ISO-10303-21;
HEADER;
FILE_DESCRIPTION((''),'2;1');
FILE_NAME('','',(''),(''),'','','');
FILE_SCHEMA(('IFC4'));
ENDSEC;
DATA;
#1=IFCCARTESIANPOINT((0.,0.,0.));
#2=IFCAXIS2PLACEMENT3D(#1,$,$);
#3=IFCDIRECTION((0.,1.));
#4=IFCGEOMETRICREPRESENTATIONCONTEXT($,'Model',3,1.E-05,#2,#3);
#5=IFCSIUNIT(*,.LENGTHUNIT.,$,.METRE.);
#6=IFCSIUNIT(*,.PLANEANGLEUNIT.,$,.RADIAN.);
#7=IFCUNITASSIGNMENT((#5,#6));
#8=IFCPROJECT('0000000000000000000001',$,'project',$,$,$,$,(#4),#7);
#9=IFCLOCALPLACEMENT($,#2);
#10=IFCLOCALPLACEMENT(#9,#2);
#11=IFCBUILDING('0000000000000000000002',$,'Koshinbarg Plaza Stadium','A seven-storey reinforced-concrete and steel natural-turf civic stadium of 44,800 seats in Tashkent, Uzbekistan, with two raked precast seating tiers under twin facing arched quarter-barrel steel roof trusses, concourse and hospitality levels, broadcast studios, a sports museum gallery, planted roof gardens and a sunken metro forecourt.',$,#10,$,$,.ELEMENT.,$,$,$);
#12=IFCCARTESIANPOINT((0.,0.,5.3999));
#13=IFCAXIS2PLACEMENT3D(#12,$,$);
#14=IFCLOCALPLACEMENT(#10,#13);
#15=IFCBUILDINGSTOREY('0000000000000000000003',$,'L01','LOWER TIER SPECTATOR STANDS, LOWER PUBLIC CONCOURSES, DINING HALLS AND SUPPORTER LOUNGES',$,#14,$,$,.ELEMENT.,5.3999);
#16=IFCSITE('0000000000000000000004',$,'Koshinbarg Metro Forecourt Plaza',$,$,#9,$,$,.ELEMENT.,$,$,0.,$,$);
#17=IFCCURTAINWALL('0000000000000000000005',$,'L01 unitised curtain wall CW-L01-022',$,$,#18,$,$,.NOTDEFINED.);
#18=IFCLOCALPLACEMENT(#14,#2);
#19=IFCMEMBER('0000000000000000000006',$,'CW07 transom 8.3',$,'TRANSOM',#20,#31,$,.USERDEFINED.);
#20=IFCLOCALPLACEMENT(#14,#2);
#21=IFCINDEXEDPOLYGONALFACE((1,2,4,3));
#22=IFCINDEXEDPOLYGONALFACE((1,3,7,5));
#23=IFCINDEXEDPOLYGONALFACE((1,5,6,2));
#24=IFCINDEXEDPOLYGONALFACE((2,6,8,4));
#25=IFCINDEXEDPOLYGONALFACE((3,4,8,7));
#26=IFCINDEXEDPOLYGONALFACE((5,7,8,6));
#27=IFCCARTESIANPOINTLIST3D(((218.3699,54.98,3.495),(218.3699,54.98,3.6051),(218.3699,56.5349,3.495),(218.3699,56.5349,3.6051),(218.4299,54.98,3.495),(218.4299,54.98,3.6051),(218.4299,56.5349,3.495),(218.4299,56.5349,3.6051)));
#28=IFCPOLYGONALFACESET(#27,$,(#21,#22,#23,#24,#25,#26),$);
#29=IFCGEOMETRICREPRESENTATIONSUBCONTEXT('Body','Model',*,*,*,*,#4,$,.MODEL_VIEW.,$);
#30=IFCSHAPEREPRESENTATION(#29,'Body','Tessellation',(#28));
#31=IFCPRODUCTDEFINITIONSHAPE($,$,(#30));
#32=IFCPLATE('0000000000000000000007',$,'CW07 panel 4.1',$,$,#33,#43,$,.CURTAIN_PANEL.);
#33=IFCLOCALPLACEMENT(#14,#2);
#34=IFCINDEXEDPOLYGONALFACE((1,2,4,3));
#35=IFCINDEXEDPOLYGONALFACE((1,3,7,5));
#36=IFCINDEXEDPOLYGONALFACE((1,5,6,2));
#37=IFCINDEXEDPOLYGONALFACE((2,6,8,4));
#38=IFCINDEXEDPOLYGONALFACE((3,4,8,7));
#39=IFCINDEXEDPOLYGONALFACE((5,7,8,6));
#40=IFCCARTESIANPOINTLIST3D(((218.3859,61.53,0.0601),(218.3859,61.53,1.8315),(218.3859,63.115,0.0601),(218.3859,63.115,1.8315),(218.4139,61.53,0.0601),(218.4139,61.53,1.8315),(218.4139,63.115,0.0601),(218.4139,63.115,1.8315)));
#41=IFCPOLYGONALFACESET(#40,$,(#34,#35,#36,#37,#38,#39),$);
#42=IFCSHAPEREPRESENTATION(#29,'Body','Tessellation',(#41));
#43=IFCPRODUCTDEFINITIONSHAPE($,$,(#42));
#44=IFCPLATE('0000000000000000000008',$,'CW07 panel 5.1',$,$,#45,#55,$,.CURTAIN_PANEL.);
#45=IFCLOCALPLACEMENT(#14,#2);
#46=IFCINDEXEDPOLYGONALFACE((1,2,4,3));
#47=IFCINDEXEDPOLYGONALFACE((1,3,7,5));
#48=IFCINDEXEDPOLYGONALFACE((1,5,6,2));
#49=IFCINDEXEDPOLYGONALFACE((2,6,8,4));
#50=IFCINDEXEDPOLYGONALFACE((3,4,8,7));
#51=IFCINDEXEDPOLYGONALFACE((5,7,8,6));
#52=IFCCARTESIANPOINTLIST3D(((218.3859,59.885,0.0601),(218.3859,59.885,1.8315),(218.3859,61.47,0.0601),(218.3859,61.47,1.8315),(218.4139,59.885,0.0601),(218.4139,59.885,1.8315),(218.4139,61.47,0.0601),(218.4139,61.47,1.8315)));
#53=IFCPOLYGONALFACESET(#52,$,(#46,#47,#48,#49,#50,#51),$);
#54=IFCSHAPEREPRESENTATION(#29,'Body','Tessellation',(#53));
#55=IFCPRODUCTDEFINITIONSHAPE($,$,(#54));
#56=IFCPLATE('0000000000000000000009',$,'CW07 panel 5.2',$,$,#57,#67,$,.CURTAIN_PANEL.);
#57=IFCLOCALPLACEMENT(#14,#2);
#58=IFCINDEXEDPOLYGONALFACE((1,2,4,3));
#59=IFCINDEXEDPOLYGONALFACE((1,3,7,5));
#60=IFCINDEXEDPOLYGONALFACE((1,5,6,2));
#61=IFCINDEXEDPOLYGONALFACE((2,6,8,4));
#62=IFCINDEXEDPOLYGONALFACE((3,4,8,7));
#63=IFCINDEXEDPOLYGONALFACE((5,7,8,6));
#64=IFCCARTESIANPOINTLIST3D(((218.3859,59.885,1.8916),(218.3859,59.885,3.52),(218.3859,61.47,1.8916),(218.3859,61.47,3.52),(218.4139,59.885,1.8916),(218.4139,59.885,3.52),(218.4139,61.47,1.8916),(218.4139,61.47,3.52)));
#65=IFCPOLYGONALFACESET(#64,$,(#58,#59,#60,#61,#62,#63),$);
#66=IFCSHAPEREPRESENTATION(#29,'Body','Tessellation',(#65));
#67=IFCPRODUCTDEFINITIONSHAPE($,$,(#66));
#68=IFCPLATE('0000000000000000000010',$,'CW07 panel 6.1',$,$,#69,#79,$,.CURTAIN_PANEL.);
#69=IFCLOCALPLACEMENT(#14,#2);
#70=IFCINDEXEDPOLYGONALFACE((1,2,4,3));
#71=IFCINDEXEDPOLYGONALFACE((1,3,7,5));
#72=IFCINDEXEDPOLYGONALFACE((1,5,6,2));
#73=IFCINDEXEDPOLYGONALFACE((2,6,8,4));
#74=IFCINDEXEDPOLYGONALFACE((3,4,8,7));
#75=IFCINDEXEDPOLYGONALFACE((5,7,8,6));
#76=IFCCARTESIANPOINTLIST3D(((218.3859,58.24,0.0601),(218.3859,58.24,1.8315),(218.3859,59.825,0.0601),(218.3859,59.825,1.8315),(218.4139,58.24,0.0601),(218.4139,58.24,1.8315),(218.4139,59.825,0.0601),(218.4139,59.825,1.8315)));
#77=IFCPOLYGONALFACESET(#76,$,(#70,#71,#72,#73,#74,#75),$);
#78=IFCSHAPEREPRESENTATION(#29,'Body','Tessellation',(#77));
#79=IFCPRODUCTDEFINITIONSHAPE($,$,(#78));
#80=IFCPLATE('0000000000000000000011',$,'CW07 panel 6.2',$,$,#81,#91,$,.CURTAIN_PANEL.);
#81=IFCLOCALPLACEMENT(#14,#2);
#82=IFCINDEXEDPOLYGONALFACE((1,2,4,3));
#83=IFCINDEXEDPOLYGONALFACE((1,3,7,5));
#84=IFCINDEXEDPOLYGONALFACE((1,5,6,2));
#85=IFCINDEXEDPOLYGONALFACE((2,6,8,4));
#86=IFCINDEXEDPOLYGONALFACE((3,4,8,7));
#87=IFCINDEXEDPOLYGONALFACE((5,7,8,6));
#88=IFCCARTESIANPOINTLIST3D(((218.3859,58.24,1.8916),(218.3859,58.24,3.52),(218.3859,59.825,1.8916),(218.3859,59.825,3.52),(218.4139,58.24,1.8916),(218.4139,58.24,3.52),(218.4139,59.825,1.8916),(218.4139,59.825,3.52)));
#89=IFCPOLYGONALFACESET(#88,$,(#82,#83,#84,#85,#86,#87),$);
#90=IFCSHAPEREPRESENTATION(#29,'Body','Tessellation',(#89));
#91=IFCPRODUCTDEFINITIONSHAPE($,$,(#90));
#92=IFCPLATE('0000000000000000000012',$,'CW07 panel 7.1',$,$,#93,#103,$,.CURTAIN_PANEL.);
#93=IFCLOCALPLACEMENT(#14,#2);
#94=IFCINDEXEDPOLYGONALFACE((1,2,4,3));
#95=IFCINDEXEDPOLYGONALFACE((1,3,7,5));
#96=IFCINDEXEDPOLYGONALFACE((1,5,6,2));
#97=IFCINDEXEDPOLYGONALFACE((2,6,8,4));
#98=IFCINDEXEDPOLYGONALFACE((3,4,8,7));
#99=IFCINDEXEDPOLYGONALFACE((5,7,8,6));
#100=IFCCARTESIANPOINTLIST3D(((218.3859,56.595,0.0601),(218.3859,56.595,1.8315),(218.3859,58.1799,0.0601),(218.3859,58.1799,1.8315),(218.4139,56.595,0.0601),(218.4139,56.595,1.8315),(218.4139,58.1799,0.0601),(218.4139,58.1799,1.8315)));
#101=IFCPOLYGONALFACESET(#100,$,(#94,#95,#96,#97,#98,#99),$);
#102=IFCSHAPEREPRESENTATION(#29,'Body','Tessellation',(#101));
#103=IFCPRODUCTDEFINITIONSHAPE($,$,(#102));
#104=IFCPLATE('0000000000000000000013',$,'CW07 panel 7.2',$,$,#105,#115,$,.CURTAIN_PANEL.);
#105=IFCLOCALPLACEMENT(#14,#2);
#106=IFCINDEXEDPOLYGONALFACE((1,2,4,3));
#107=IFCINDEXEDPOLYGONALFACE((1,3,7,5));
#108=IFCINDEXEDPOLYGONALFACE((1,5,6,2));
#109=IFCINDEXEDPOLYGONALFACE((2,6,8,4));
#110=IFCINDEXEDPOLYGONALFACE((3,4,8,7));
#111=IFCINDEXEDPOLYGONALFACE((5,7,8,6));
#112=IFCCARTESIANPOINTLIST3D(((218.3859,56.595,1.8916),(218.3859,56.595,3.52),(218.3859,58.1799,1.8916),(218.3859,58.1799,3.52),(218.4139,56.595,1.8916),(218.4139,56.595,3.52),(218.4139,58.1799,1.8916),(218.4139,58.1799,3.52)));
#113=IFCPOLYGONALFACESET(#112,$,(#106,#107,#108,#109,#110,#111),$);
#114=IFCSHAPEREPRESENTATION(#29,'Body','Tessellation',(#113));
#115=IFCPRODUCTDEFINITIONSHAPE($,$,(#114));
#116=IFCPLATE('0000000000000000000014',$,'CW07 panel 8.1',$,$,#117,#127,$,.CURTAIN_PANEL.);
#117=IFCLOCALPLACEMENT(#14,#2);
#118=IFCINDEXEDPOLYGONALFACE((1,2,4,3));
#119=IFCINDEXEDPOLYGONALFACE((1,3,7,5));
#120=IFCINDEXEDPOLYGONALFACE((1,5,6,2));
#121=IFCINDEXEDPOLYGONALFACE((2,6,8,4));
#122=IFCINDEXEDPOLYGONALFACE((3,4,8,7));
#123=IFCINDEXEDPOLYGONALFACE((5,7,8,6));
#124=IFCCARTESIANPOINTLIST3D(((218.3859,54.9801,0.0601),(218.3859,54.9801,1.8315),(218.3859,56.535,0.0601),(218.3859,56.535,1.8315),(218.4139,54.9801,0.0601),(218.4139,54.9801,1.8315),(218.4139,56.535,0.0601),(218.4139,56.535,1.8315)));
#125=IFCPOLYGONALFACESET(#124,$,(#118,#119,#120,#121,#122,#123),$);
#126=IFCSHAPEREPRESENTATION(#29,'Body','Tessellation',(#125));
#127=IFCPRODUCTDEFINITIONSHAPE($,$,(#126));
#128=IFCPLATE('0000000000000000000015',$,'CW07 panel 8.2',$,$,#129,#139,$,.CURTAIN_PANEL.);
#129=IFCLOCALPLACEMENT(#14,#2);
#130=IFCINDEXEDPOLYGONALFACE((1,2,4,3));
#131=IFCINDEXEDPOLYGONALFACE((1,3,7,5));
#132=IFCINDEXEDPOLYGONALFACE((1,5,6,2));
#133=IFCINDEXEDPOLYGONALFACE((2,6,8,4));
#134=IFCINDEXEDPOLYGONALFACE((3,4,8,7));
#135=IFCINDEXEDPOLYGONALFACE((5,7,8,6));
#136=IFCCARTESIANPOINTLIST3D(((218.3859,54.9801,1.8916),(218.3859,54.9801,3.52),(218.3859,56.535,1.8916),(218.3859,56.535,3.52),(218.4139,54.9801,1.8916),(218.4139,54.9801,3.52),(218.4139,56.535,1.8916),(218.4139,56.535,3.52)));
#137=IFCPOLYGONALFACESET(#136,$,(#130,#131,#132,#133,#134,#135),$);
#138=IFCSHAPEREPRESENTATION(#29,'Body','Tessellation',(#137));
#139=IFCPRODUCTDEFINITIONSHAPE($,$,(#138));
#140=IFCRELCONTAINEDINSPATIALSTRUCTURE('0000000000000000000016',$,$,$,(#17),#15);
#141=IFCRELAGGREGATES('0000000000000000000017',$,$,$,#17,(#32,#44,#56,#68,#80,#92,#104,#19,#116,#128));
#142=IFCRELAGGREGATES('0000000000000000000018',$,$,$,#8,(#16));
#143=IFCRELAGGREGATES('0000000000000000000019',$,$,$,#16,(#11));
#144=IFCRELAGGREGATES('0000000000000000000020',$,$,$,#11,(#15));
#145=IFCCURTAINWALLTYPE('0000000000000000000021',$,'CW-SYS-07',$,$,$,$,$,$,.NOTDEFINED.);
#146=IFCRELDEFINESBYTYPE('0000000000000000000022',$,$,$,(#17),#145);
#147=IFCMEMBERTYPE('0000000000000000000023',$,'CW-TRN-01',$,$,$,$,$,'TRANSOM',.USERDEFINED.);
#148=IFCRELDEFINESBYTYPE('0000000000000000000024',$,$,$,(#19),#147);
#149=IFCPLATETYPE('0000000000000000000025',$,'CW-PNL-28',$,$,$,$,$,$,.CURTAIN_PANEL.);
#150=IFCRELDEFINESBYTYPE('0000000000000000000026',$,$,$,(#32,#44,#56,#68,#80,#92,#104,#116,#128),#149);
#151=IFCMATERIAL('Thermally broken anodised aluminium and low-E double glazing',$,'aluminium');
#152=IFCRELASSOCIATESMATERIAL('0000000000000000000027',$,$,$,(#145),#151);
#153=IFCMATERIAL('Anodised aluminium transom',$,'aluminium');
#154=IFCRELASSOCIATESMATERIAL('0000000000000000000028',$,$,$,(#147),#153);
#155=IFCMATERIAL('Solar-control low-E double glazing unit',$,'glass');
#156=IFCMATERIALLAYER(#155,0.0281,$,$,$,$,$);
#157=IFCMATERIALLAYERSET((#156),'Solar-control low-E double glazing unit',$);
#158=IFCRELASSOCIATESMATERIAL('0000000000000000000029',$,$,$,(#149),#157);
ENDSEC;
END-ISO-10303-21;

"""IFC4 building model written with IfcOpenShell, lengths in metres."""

from ifc_helpers import new_model, si_unit, direction, frame, origin, origin_2d, place, context, subcontext, project, spatial, rectangle, extrude, material, layer, layer_set, material_profile, profile_set, type_object, element, aggregate, save


model = new_model("IFC4")

# Units and contexts
model_context = context("Model", 3, precision=1e-05, world=origin(), true_north=direction((0.0, 1.0)))
body_context = subcontext(model_context, "Body", "Model", "MODEL_VIEW")
ifc_project = project(units=[si_unit("LENGTHUNIT", "METRE"), si_unit("PLANEANGLEUNIT", "RADIAN")], contexts=[model_context])

# Site, building, storey
site_placement = place(None, origin())
site = spatial("IfcSite", under=ifc_project, at=site_placement, Name="Koshinbarg Metro Forecourt Plaza", CompositionType="ELEMENT", RefElevation=0.0)
building_placement = place(site_placement, origin())
building = spatial("IfcBuilding", under=site, at=building_placement, Name="Koshinbarg Plaza Stadium", Description="A seven-storey reinforced-concrete and steel natural-turf civic stadium of 44,800 seats in Tashkent, Uzbekistan, with two raked precast seating tiers under twin facing arched quarter-barrel steel roof trusses, concourse and hospitality levels, broadcast studios, a sports museum gallery, planted roof gardens and a sunken metro forecourt.", CompositionType="ELEMENT")
storey_placement = place(building_placement, frame((0.0, 0.0, 5.3999)))
storey = spatial("IfcBuildingStorey", under=building, at=storey_placement, Name="L01", Description="LOWER TIER SPECTATOR STANDS, LOWER PUBLIC CONCOURSES, DINING HALLS AND SUPPORTER LOUNGES", CompositionType="ELEMENT", Elevation=5.3999)

# Curtain wall, member, plates
ifc_material_1 = material(Name="Thermally broken anodised aluminium and low-E double glazing", Category="aluminium")
curtain_wall_type = type_object("IfcCurtainWallType", Name="CW-SYS-07", PredefinedType="NOTDEFINED", material=ifc_material_1)
curtain_wall_placement = place(storey_placement, origin())
curtain_wall = element("IfcCurtainWall", 1, at=curtain_wall_placement, inside=storey, type_object=curtain_wall_type, Name="L01 unitised curtain wall CW-L01-022", PredefinedType="NOTDEFINED")
ifc_material_2 = material(Name="Anodised aluminium transom", Category="aluminium")
ifc_material_profile_1 = material_profile(ifc_material_2, rectangle(XDim=0.0601, YDim=0.1101, at=origin_2d()), Name="ALU 60x110")
ifc_profile_set_1 = profile_set([ifc_material_profile_1], Name="Anodised aluminium transom")
member_type_1 = type_object("IfcMemberType", Name="CW-TRN-01", ElementType="TRANSOM", PredefinedType="USERDEFINED", material=ifc_profile_set_1)
member_1_placement = place(storey_placement, frame((218.3999, 56.5349, 3.55), z_axis=(0.0, -1.0, 0.0), x_axis=(1.0, 0.0, 0.0)))
member_1 = element("IfcMember", 2, at=member_1_placement, type_object=member_type_1, Name="CW07 transom 8.3", ObjectType="TRANSOM", PredefinedType="USERDEFINED", context=body_context, shape_type="SweptSolid", body=[
    extrude(rectangle(XDim=0.0601, YDim=0.1101, at=origin_2d()), origin(), (0.0, 0.0, 1.0), 1.5549),
])
ifc_material_3 = material(Name="Solar-control low-E double glazing unit", Category="glass")
ifc_layer = layer(ifc_material_3, 0.0281)
ifc_layer_set = layer_set([ifc_layer], Name="Solar-control low-E double glazing unit")
plate_type = type_object("IfcPlateType", Name="CW-PNL-28", PredefinedType="CURTAIN_PANEL", material=ifc_layer_set)
plate_1_placement = place(storey_placement, frame((218.3999, 62.3225, 0.0601), z_axis=(0.0, 0.0, 1.0), x_axis=(0.0, -1.0, 0.0)))
plate_1 = element("IfcPlate", 3, at=plate_1_placement, type_object=plate_type, Name="CW07 panel 4.1", PredefinedType="CURTAIN_PANEL", context=body_context, shape_type="SweptSolid", body=[
    extrude(rectangle(XDim=1.585, YDim=0.0281, at=origin_2d()), origin(), (0.0, 0.0, 1.0), 1.7715),
])
plate_2_placement = place(storey_placement, frame((218.3999, 60.6775, 0.0601), z_axis=(0.0, 0.0, 1.0), x_axis=(0.0, -1.0, 0.0)))
plate_2 = element("IfcPlate", 4, at=plate_2_placement, type_object=plate_type, Name="CW07 panel 5.1", PredefinedType="CURTAIN_PANEL", context=body_context, shape_type="SweptSolid", body=[
    extrude(rectangle(XDim=1.585, YDim=0.0281, at=origin_2d()), origin(), (0.0, 0.0, 1.0), 1.7715),
])
plate_3_placement = place(storey_placement, frame((218.3999, 60.6775, 1.8916), z_axis=(0.0, 0.0, 1.0), x_axis=(0.0, -1.0, 0.0)))
plate_3 = element("IfcPlate", 5, at=plate_3_placement, type_object=plate_type, Name="CW07 panel 5.2", PredefinedType="CURTAIN_PANEL", context=body_context, shape_type="SweptSolid", body=[
    extrude(rectangle(XDim=1.585, YDim=0.0281, at=origin_2d()), origin(), (0.0, 0.0, 1.0), 1.6284),
])
plate_4_placement = place(storey_placement, frame((218.3999, 59.0325, 0.0601), z_axis=(0.0, 0.0, 1.0), x_axis=(0.0, -1.0, 0.0)))
plate_4 = element("IfcPlate", 6, at=plate_4_placement, type_object=plate_type, Name="CW07 panel 6.1", PredefinedType="CURTAIN_PANEL", context=body_context, shape_type="SweptSolid", body=[
    extrude(rectangle(XDim=1.585, YDim=0.0281, at=origin_2d()), origin(), (0.0, 0.0, 1.0), 1.7715),
])
plate_5_placement = place(storey_placement, frame((218.3999, 59.0325, 1.8916), z_axis=(0.0, 0.0, 1.0), x_axis=(0.0, -1.0, 0.0)))
plate_5 = element("IfcPlate", 7, at=plate_5_placement, type_object=plate_type, Name="CW07 panel 6.2", PredefinedType="CURTAIN_PANEL", context=body_context, shape_type="SweptSolid", body=[
    extrude(rectangle(XDim=1.585, YDim=0.0281, at=origin_2d()), origin(), (0.0, 0.0, 1.0), 1.6284),
])
plate_6_placement = place(storey_placement, frame((218.3999, 57.3875, 0.0601), z_axis=(0.0, 0.0, 1.0), x_axis=(0.0, -1.0, 0.0)))
plate_6 = element("IfcPlate", 8, at=plate_6_placement, type_object=plate_type, Name="CW07 panel 7.1", PredefinedType="CURTAIN_PANEL", context=body_context, shape_type="SweptSolid", body=[
    extrude(rectangle(XDim=1.585, YDim=0.0281, at=origin_2d()), origin(), (0.0, 0.0, 1.0), 1.7715),
])
plate_7_placement = place(storey_placement, frame((218.3999, 57.3875, 1.8916), z_axis=(0.0, 0.0, 1.0), x_axis=(0.0, -1.0, 0.0)))
plate_7 = element("IfcPlate", 9, at=plate_7_placement, type_object=plate_type, Name="CW07 panel 7.2", PredefinedType="CURTAIN_PANEL", context=body_context, shape_type="SweptSolid", body=[
    extrude(rectangle(XDim=1.585, YDim=0.0281, at=origin_2d()), origin(), (0.0, 0.0, 1.0), 1.6284),
])
plate_8_placement = place(storey_placement, frame((218.3999, 55.7576, 0.0601), z_axis=(0.0, 0.0, 1.0), x_axis=(0.0, -1.0, 0.0)))
plate_8 = element("IfcPlate", 10, at=plate_8_placement, type_object=plate_type, Name="CW07 panel 8.1", PredefinedType="CURTAIN_PANEL", context=body_context, shape_type="SweptSolid", body=[
    extrude(rectangle(XDim=1.5549, YDim=0.0281, at=origin_2d()), origin(), (0.0, 0.0, 1.0), 1.7715),
])
plate_9_placement = place(storey_placement, frame((218.3999, 55.7576, 1.8916), z_axis=(0.0, 0.0, 1.0), x_axis=(0.0, -1.0, 0.0)))
plate_9 = element("IfcPlate", 11, at=plate_9_placement, type_object=plate_type, Name="CW07 panel 8.2", PredefinedType="CURTAIN_PANEL", context=body_context, shape_type="SweptSolid", body=[
    extrude(rectangle(XDim=1.5549, YDim=0.0281, at=origin_2d()), origin(), (0.0, 0.0, 1.0), 1.6284),
])
aggregate(curtain_wall, [plate_1, plate_2, plate_3, plate_4, plate_5, plate_6, plate_7, member_1, plate_8, plate_9])

save(model, "model.ifc")
